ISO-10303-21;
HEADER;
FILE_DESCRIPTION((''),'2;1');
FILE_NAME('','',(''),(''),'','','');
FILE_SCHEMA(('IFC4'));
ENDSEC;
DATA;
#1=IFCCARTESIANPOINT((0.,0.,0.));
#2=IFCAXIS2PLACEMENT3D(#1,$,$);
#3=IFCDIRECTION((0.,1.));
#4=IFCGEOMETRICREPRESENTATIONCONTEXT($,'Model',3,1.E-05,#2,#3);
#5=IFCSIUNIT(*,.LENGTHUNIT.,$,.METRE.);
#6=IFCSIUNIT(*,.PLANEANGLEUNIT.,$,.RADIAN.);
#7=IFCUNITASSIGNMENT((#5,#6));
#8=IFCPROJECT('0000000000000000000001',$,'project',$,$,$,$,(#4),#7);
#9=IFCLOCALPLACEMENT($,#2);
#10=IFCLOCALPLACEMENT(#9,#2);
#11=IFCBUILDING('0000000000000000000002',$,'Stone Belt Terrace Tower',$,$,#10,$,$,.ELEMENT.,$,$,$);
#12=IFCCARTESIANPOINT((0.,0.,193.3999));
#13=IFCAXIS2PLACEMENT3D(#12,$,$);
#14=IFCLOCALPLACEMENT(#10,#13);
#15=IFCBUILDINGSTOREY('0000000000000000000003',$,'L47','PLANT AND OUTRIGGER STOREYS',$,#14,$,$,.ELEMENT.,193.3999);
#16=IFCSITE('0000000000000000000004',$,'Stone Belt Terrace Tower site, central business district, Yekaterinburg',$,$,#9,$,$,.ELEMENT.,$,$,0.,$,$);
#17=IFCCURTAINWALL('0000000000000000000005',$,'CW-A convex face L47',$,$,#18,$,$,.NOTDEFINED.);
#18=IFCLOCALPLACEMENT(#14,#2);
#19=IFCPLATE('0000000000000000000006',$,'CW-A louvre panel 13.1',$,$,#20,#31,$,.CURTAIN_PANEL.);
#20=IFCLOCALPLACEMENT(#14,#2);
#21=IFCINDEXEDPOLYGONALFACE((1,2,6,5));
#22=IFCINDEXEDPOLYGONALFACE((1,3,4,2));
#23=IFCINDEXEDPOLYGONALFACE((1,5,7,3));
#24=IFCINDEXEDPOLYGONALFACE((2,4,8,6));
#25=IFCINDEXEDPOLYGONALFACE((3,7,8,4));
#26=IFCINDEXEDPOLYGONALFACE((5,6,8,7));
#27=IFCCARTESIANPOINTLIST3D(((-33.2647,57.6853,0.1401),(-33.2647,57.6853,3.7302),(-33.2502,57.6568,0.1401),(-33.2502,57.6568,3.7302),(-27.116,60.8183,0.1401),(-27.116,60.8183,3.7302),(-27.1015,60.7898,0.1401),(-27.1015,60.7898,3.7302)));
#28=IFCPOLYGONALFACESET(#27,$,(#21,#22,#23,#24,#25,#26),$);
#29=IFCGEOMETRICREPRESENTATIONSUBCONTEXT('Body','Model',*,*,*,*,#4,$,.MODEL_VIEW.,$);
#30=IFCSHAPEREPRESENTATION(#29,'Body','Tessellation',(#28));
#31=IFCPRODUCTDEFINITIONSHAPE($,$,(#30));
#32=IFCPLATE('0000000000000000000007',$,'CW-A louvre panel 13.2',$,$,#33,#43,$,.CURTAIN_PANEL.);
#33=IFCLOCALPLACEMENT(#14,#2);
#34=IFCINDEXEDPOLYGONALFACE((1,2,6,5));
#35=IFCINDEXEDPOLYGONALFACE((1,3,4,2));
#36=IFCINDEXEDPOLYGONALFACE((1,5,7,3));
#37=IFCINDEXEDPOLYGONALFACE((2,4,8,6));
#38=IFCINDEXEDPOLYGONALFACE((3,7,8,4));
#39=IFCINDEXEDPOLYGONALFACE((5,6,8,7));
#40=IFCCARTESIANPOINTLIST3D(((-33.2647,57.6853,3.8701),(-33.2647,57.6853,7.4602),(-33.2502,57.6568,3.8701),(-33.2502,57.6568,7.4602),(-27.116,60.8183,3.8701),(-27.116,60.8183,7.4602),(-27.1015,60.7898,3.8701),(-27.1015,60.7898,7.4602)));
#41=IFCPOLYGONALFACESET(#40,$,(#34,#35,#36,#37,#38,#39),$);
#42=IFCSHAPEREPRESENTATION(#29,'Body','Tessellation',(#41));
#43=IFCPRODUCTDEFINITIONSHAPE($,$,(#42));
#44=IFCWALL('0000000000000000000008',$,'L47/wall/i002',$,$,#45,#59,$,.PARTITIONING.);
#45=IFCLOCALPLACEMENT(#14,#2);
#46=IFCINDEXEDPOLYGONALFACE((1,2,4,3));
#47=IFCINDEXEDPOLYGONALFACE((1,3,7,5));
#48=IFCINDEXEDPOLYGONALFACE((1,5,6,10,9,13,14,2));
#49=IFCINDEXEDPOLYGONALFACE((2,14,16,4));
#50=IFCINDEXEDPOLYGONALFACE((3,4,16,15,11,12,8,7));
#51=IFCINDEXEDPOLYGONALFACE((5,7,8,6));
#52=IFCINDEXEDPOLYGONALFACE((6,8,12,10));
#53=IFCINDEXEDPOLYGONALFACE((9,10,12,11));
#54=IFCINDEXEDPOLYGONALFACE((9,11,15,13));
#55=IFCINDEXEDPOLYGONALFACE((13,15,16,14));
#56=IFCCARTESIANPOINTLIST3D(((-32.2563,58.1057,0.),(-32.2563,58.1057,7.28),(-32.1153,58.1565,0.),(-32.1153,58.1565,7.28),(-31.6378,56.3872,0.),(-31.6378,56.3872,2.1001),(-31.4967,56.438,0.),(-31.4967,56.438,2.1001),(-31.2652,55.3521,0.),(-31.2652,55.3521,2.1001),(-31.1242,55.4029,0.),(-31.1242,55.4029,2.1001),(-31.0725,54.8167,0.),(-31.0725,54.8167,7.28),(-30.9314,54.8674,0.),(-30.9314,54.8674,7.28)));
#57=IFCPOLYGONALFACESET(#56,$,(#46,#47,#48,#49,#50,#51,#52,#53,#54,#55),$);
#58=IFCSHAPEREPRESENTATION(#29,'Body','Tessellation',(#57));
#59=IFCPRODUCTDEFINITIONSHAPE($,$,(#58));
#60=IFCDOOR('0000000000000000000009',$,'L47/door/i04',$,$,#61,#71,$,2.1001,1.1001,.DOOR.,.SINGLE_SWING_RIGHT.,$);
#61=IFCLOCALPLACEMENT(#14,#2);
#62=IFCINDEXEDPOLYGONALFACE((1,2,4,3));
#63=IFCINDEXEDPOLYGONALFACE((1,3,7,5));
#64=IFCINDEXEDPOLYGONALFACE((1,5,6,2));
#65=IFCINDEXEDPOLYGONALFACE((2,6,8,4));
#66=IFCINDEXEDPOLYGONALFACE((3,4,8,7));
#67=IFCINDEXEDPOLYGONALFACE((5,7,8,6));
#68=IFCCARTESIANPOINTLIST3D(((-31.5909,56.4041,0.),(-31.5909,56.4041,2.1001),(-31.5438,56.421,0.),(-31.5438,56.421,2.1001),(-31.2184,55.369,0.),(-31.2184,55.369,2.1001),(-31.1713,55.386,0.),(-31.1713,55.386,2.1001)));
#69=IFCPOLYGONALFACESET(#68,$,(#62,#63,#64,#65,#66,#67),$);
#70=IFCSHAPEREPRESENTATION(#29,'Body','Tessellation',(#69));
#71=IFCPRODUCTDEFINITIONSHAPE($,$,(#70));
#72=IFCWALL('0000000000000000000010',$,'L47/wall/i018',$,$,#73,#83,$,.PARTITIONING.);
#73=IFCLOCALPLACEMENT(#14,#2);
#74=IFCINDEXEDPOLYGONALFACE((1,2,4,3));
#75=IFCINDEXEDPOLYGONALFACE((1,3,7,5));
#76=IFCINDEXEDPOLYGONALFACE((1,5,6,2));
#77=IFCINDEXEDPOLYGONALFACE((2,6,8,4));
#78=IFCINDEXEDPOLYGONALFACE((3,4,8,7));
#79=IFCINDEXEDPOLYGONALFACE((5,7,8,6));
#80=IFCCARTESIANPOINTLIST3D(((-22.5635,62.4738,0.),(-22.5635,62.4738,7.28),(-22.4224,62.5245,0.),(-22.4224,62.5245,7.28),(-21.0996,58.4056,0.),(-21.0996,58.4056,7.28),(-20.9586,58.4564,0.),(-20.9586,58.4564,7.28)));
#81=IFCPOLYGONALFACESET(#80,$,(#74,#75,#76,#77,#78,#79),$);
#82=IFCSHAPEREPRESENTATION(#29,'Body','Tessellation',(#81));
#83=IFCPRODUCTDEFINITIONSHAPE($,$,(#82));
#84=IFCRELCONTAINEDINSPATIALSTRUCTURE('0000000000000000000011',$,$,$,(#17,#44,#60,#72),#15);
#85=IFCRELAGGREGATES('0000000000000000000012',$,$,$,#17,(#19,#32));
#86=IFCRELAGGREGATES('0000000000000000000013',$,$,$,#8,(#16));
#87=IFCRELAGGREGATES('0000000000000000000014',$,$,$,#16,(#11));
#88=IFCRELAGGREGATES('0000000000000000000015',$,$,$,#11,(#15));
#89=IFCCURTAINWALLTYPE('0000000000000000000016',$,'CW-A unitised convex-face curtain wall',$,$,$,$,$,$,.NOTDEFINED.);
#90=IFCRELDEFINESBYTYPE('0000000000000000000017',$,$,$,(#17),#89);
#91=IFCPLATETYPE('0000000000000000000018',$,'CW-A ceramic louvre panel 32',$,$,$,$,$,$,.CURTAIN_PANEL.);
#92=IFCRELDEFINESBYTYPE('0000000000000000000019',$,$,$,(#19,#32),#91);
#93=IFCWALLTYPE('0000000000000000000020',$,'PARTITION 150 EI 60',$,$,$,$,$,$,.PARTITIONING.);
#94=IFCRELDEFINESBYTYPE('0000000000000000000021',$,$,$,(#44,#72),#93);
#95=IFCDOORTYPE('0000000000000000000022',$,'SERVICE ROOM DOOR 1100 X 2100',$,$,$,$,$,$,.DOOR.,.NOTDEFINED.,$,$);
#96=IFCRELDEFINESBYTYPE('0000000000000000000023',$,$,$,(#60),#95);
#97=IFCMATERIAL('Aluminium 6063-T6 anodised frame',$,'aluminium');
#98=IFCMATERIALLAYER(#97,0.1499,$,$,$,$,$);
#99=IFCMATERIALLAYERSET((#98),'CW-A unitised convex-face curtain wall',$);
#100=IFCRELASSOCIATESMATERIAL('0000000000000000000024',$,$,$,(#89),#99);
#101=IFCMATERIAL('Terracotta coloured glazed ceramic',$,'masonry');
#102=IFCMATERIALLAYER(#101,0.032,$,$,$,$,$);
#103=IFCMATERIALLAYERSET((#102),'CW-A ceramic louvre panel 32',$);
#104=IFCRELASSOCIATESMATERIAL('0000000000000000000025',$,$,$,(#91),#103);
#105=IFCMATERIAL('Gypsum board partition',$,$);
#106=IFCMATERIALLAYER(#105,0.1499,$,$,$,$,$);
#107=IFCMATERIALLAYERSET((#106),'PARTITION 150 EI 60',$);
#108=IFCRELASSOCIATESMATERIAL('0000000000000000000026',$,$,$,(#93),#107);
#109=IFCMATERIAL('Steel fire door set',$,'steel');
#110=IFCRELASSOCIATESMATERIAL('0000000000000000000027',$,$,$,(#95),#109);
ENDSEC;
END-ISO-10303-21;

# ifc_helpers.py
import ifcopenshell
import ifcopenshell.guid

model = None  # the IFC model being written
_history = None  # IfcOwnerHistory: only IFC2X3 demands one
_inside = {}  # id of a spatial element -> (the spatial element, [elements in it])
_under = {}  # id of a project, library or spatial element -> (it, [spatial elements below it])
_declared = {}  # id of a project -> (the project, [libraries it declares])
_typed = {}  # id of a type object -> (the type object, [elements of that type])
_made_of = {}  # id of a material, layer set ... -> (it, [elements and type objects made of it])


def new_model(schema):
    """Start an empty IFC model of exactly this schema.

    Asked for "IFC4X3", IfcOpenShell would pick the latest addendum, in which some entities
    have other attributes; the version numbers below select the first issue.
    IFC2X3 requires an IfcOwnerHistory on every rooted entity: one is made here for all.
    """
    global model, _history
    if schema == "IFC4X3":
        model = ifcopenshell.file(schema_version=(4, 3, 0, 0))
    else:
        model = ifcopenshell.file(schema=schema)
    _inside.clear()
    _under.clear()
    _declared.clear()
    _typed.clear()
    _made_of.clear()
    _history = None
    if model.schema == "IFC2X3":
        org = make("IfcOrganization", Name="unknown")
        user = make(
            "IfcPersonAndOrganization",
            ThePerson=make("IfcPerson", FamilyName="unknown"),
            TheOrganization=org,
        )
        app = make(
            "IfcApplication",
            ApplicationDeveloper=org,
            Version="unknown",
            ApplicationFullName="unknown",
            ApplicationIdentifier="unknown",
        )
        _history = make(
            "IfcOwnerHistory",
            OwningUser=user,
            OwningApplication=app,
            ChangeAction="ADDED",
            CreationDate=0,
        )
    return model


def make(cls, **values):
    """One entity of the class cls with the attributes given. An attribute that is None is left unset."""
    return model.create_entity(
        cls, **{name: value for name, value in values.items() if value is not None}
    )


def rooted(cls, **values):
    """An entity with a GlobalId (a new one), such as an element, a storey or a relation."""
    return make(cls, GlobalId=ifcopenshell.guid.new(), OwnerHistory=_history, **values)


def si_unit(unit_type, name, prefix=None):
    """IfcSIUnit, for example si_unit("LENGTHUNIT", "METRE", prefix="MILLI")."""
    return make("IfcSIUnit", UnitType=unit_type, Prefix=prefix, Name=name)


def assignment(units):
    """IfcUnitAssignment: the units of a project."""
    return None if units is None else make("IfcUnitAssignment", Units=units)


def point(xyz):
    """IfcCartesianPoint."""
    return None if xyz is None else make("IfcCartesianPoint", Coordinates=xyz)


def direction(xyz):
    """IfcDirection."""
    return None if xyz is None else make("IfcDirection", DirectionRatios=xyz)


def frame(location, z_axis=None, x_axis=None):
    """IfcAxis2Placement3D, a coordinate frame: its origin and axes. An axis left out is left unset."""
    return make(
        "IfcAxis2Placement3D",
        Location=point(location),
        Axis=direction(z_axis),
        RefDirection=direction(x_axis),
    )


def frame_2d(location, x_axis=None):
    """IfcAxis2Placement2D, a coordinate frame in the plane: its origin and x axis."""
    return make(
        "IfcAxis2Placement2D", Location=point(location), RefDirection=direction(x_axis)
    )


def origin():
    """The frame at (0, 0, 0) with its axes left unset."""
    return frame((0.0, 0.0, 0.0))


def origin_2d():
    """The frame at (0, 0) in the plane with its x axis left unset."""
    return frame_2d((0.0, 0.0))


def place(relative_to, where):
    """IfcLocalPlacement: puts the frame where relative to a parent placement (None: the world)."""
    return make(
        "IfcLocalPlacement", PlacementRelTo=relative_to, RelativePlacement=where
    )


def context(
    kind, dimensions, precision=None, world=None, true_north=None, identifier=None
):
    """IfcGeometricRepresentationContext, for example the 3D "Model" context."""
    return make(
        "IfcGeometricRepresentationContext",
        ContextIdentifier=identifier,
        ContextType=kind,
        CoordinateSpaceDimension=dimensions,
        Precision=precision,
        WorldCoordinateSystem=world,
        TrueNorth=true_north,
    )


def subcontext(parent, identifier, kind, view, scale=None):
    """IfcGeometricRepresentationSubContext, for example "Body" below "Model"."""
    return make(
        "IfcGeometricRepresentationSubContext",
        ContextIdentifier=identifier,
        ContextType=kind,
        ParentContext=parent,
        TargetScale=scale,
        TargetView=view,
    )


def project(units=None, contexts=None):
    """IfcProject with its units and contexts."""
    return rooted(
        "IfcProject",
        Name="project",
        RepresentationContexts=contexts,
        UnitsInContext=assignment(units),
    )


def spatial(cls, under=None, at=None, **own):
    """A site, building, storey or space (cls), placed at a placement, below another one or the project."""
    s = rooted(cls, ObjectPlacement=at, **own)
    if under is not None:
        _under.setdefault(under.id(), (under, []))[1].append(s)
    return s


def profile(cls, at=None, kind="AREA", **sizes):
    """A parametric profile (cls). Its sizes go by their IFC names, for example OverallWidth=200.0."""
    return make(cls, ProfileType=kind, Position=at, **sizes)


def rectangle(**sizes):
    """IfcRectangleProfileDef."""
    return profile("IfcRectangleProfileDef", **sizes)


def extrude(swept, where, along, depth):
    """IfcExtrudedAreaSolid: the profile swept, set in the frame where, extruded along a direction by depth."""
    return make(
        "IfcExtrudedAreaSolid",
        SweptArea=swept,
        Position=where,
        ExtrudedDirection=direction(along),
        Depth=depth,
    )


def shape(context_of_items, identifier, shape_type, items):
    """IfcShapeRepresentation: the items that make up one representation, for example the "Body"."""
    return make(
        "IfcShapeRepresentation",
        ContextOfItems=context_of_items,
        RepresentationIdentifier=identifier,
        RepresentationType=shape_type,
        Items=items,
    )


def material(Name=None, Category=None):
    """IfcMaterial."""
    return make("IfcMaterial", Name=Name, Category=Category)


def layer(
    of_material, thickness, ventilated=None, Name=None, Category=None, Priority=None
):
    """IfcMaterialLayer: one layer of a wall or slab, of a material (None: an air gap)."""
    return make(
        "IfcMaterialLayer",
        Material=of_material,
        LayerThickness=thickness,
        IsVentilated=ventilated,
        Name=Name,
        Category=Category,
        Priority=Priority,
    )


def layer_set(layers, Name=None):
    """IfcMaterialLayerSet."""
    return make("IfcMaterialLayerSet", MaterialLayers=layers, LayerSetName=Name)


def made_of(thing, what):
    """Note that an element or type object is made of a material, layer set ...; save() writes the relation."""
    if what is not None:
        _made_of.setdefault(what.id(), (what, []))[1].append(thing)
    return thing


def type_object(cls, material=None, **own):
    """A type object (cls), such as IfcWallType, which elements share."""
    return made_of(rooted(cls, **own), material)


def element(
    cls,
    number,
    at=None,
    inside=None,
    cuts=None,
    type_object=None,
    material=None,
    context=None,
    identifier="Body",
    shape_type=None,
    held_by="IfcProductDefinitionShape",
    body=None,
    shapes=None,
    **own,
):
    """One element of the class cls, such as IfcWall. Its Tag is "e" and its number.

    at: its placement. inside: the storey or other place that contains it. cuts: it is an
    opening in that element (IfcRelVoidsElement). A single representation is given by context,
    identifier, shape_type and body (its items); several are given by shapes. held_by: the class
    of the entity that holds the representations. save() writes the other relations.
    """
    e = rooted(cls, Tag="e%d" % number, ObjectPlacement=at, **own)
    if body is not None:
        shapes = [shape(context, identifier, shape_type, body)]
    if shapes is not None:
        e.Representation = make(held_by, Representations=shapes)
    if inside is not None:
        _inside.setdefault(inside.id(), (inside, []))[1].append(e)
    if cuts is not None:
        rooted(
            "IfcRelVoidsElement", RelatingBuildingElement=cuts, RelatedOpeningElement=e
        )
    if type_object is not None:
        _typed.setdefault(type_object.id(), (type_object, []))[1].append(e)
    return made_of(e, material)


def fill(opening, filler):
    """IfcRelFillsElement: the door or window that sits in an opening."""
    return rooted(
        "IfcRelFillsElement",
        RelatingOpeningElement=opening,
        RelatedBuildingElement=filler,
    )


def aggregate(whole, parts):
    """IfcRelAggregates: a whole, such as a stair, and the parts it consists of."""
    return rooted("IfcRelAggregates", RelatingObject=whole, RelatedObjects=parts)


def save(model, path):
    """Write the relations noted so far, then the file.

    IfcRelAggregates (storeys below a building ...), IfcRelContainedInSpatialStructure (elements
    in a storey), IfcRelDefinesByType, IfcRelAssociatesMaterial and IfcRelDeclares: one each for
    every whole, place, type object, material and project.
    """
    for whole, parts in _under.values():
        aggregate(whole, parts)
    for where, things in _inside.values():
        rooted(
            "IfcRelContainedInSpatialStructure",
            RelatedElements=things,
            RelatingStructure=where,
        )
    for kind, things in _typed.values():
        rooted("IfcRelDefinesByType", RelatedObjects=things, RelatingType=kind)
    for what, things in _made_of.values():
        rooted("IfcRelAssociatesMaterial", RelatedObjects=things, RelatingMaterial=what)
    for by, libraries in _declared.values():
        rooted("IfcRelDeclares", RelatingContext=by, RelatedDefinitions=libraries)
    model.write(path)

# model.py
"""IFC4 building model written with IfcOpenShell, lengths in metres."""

from ifc_helpers import new_model, si_unit, direction, frame, frame_2d, origin, origin_2d, place, context, subcontext, project, spatial, rectangle, extrude, material, layer, layer_set, type_object, element, fill, aggregate, save


model = new_model("IFC4")

# Units and contexts
model_context = context("Model", 3, precision=1e-05, world=origin(), true_north=direction((0.0, 1.0)))
body_context = subcontext(model_context, "Body", "Model", "MODEL_VIEW")
ifc_project = project(units=[si_unit("LENGTHUNIT", "METRE"), si_unit("PLANEANGLEUNIT", "RADIAN")], contexts=[model_context])

# Site, building, storey
site_placement = place(None, origin())
site = spatial("IfcSite", under=ifc_project, at=site_placement, Name="Stone Belt Terrace Tower site, central business district, Yekaterinburg", CompositionType="ELEMENT", RefElevation=0.0)
building_placement = place(site_placement, origin())
building = spatial("IfcBuilding", under=site, at=building_placement, Name="Stone Belt Terrace Tower", CompositionType="ELEMENT")
storey_placement = place(building_placement, frame((0.0, 0.0, 193.3999)))
storey = spatial("IfcBuildingStorey", under=building, at=storey_placement, Name="L47", Description="PLANT AND OUTRIGGER STOREYS", CompositionType="ELEMENT", Elevation=193.3999)

# Curtain wall, plates
ifc_material_1 = material(Name="Aluminium 6063-T6 anodised frame", Category="aluminium")
ifc_layer_1 = layer(ifc_material_1, 0.1499)
ifc_layer_set_1 = layer_set([ifc_layer_1], Name="CW-A unitised convex-face curtain wall")
curtain_wall_type = type_object("IfcCurtainWallType", Name="CW-A unitised convex-face curtain wall", PredefinedType="NOTDEFINED", material=ifc_layer_set_1)
curtain_wall_placement = place(storey_placement, origin())
curtain_wall = element("IfcCurtainWall", 1, at=curtain_wall_placement, inside=storey, type_object=curtain_wall_type, Name="CW-A convex face L47", PredefinedType="NOTDEFINED")
ifc_material_2 = material(Name="Terracotta coloured glazed ceramic", Category="masonry")
ifc_layer_2 = layer(ifc_material_2, 0.032)
ifc_layer_set_2 = layer_set([ifc_layer_2], Name="CW-A ceramic louvre panel 32")
plate_type = type_object("IfcPlateType", Name="CW-A ceramic louvre panel 32", PredefinedType="CURTAIN_PANEL", material=ifc_layer_set_2)
plate_1_placement = place(storey_placement, frame((-30.1831, 59.2375, 0.1401), z_axis=(0.0, 0.0, 1.0), x_axis=(-0.891007, -0.45399, 0.0)))
plate_1 = element("IfcPlate", 2, at=plate_1_placement, type_object=plate_type, Name="CW-A louvre panel 13.1", PredefinedType="CURTAIN_PANEL", context=body_context, shape_type="SweptSolid", body=[
    extrude(rectangle(XDim=6.9009, YDim=0.032, at=origin_2d()), origin(), (0.0, 0.0, 1.0), 3.5901),
])
plate_2_placement = place(storey_placement, frame((-30.1831, 59.2375, 3.8701), z_axis=(0.0, 0.0, 1.0), x_axis=(-0.891007, -0.45399, 0.0)))
plate_2 = element("IfcPlate", 3, at=plate_2_placement, type_object=plate_type, Name="CW-A louvre panel 13.2", PredefinedType="CURTAIN_PANEL", context=body_context, shape_type="SweptSolid", body=[
    extrude(rectangle(XDim=6.9009, YDim=0.032, at=origin_2d()), origin(), (0.0, 0.0, 1.0), 3.5901),
])
aggregate(curtain_wall, [plate_1, plate_2])

# Wall, opening, door
ifc_material_3 = material(Name="Gypsum board partition")
ifc_layer_3 = layer(ifc_material_3, 0.1499)
ifc_layer_set_3 = layer_set([ifc_layer_3], Name="PARTITION 150 EI 60")
wall_type = type_object("IfcWallType", Name="PARTITION 150 EI 60", PredefinedType="PARTITIONING", material=ifc_layer_set_3)
wall_1_placement = place(storey_placement, frame((-32.1858, 58.1311, 0.0), z_axis=(0.0, 0.0, 1.0), x_axis=(0.338663, -0.940908, 0.0)))
wall_1 = element("IfcWall", 4, at=wall_1_placement, inside=storey, type_object=wall_type, Name="L47/wall/i002", PredefinedType="PARTITIONING", context=body_context, shape_type="SweptSolid", body=[
    extrude(rectangle(XDim=3.4956, YDim=0.1499, at=frame_2d((1.7478, 0.0))), origin(), (0.0, 0.0, 1.0), 7.28),
])
opening_placement = place(wall_1_placement, frame((1.8264, 0.0, 0.0)))
opening = element("IfcOpeningElement", 5, at=opening_placement, cuts=wall_1, PredefinedType="OPENING", context=body_context, shape_type="SweptSolid", body=[
    extrude(rectangle(XDim=1.1001, YDim=2.1001, at=frame_2d((0.55, 1.05))), frame((0.0, 0.085, 0.0), z_axis=(0.0, -1.0, 0.0), x_axis=(1.0, 0.0, 0.0)), (0.0, 0.0, 1.0), 0.1699),
])
ifc_material_4 = material(Name="Steel fire door set", Category="steel")
door_type = type_object("IfcDoorType", Name="SERVICE ROOM DOOR 1100 X 2100", OperationType="NOTDEFINED", PredefinedType="DOOR", material=ifc_material_4)
door_placement = place(opening_placement, origin())
door = element("IfcDoor", 6, at=door_placement, inside=storey, type_object=door_type, Name="L47/door/i04", OperationType="SINGLE_SWING_RIGHT", OverallHeight=2.1001, OverallWidth=1.1001, PredefinedType="DOOR", context=body_context, shape_type="SweptSolid", body=[
    extrude(rectangle(XDim=1.1001, YDim=2.1001, at=frame_2d((0.55, 1.05))), frame((0.0, 0.0249, 0.0), z_axis=(0.0, -1.0, 0.0), x_axis=(1.0, 0.0, 0.0)), (0.0, 0.0, 1.0), 0.05),
])
fill(opening, door)

# Wall
wall_2_placement = place(storey_placement, frame((-22.4929, 62.499, 0.0), z_axis=(0.0, 0.0, 1.0), x_axis=(0.338585, -0.940936, 0.0)))
element("IfcWall", 7, at=wall_2_placement, inside=storey, type_object=wall_type, Name="L47/wall/i018", PredefinedType="PARTITIONING", context=body_context, shape_type="SweptSolid", body=[
    extrude(rectangle(XDim=4.3235, YDim=0.1499, at=frame_2d((2.1616, 0.0))), origin(), (0.0, 0.0, 1.0), 7.28),
])

save(model, "model.ifc")
